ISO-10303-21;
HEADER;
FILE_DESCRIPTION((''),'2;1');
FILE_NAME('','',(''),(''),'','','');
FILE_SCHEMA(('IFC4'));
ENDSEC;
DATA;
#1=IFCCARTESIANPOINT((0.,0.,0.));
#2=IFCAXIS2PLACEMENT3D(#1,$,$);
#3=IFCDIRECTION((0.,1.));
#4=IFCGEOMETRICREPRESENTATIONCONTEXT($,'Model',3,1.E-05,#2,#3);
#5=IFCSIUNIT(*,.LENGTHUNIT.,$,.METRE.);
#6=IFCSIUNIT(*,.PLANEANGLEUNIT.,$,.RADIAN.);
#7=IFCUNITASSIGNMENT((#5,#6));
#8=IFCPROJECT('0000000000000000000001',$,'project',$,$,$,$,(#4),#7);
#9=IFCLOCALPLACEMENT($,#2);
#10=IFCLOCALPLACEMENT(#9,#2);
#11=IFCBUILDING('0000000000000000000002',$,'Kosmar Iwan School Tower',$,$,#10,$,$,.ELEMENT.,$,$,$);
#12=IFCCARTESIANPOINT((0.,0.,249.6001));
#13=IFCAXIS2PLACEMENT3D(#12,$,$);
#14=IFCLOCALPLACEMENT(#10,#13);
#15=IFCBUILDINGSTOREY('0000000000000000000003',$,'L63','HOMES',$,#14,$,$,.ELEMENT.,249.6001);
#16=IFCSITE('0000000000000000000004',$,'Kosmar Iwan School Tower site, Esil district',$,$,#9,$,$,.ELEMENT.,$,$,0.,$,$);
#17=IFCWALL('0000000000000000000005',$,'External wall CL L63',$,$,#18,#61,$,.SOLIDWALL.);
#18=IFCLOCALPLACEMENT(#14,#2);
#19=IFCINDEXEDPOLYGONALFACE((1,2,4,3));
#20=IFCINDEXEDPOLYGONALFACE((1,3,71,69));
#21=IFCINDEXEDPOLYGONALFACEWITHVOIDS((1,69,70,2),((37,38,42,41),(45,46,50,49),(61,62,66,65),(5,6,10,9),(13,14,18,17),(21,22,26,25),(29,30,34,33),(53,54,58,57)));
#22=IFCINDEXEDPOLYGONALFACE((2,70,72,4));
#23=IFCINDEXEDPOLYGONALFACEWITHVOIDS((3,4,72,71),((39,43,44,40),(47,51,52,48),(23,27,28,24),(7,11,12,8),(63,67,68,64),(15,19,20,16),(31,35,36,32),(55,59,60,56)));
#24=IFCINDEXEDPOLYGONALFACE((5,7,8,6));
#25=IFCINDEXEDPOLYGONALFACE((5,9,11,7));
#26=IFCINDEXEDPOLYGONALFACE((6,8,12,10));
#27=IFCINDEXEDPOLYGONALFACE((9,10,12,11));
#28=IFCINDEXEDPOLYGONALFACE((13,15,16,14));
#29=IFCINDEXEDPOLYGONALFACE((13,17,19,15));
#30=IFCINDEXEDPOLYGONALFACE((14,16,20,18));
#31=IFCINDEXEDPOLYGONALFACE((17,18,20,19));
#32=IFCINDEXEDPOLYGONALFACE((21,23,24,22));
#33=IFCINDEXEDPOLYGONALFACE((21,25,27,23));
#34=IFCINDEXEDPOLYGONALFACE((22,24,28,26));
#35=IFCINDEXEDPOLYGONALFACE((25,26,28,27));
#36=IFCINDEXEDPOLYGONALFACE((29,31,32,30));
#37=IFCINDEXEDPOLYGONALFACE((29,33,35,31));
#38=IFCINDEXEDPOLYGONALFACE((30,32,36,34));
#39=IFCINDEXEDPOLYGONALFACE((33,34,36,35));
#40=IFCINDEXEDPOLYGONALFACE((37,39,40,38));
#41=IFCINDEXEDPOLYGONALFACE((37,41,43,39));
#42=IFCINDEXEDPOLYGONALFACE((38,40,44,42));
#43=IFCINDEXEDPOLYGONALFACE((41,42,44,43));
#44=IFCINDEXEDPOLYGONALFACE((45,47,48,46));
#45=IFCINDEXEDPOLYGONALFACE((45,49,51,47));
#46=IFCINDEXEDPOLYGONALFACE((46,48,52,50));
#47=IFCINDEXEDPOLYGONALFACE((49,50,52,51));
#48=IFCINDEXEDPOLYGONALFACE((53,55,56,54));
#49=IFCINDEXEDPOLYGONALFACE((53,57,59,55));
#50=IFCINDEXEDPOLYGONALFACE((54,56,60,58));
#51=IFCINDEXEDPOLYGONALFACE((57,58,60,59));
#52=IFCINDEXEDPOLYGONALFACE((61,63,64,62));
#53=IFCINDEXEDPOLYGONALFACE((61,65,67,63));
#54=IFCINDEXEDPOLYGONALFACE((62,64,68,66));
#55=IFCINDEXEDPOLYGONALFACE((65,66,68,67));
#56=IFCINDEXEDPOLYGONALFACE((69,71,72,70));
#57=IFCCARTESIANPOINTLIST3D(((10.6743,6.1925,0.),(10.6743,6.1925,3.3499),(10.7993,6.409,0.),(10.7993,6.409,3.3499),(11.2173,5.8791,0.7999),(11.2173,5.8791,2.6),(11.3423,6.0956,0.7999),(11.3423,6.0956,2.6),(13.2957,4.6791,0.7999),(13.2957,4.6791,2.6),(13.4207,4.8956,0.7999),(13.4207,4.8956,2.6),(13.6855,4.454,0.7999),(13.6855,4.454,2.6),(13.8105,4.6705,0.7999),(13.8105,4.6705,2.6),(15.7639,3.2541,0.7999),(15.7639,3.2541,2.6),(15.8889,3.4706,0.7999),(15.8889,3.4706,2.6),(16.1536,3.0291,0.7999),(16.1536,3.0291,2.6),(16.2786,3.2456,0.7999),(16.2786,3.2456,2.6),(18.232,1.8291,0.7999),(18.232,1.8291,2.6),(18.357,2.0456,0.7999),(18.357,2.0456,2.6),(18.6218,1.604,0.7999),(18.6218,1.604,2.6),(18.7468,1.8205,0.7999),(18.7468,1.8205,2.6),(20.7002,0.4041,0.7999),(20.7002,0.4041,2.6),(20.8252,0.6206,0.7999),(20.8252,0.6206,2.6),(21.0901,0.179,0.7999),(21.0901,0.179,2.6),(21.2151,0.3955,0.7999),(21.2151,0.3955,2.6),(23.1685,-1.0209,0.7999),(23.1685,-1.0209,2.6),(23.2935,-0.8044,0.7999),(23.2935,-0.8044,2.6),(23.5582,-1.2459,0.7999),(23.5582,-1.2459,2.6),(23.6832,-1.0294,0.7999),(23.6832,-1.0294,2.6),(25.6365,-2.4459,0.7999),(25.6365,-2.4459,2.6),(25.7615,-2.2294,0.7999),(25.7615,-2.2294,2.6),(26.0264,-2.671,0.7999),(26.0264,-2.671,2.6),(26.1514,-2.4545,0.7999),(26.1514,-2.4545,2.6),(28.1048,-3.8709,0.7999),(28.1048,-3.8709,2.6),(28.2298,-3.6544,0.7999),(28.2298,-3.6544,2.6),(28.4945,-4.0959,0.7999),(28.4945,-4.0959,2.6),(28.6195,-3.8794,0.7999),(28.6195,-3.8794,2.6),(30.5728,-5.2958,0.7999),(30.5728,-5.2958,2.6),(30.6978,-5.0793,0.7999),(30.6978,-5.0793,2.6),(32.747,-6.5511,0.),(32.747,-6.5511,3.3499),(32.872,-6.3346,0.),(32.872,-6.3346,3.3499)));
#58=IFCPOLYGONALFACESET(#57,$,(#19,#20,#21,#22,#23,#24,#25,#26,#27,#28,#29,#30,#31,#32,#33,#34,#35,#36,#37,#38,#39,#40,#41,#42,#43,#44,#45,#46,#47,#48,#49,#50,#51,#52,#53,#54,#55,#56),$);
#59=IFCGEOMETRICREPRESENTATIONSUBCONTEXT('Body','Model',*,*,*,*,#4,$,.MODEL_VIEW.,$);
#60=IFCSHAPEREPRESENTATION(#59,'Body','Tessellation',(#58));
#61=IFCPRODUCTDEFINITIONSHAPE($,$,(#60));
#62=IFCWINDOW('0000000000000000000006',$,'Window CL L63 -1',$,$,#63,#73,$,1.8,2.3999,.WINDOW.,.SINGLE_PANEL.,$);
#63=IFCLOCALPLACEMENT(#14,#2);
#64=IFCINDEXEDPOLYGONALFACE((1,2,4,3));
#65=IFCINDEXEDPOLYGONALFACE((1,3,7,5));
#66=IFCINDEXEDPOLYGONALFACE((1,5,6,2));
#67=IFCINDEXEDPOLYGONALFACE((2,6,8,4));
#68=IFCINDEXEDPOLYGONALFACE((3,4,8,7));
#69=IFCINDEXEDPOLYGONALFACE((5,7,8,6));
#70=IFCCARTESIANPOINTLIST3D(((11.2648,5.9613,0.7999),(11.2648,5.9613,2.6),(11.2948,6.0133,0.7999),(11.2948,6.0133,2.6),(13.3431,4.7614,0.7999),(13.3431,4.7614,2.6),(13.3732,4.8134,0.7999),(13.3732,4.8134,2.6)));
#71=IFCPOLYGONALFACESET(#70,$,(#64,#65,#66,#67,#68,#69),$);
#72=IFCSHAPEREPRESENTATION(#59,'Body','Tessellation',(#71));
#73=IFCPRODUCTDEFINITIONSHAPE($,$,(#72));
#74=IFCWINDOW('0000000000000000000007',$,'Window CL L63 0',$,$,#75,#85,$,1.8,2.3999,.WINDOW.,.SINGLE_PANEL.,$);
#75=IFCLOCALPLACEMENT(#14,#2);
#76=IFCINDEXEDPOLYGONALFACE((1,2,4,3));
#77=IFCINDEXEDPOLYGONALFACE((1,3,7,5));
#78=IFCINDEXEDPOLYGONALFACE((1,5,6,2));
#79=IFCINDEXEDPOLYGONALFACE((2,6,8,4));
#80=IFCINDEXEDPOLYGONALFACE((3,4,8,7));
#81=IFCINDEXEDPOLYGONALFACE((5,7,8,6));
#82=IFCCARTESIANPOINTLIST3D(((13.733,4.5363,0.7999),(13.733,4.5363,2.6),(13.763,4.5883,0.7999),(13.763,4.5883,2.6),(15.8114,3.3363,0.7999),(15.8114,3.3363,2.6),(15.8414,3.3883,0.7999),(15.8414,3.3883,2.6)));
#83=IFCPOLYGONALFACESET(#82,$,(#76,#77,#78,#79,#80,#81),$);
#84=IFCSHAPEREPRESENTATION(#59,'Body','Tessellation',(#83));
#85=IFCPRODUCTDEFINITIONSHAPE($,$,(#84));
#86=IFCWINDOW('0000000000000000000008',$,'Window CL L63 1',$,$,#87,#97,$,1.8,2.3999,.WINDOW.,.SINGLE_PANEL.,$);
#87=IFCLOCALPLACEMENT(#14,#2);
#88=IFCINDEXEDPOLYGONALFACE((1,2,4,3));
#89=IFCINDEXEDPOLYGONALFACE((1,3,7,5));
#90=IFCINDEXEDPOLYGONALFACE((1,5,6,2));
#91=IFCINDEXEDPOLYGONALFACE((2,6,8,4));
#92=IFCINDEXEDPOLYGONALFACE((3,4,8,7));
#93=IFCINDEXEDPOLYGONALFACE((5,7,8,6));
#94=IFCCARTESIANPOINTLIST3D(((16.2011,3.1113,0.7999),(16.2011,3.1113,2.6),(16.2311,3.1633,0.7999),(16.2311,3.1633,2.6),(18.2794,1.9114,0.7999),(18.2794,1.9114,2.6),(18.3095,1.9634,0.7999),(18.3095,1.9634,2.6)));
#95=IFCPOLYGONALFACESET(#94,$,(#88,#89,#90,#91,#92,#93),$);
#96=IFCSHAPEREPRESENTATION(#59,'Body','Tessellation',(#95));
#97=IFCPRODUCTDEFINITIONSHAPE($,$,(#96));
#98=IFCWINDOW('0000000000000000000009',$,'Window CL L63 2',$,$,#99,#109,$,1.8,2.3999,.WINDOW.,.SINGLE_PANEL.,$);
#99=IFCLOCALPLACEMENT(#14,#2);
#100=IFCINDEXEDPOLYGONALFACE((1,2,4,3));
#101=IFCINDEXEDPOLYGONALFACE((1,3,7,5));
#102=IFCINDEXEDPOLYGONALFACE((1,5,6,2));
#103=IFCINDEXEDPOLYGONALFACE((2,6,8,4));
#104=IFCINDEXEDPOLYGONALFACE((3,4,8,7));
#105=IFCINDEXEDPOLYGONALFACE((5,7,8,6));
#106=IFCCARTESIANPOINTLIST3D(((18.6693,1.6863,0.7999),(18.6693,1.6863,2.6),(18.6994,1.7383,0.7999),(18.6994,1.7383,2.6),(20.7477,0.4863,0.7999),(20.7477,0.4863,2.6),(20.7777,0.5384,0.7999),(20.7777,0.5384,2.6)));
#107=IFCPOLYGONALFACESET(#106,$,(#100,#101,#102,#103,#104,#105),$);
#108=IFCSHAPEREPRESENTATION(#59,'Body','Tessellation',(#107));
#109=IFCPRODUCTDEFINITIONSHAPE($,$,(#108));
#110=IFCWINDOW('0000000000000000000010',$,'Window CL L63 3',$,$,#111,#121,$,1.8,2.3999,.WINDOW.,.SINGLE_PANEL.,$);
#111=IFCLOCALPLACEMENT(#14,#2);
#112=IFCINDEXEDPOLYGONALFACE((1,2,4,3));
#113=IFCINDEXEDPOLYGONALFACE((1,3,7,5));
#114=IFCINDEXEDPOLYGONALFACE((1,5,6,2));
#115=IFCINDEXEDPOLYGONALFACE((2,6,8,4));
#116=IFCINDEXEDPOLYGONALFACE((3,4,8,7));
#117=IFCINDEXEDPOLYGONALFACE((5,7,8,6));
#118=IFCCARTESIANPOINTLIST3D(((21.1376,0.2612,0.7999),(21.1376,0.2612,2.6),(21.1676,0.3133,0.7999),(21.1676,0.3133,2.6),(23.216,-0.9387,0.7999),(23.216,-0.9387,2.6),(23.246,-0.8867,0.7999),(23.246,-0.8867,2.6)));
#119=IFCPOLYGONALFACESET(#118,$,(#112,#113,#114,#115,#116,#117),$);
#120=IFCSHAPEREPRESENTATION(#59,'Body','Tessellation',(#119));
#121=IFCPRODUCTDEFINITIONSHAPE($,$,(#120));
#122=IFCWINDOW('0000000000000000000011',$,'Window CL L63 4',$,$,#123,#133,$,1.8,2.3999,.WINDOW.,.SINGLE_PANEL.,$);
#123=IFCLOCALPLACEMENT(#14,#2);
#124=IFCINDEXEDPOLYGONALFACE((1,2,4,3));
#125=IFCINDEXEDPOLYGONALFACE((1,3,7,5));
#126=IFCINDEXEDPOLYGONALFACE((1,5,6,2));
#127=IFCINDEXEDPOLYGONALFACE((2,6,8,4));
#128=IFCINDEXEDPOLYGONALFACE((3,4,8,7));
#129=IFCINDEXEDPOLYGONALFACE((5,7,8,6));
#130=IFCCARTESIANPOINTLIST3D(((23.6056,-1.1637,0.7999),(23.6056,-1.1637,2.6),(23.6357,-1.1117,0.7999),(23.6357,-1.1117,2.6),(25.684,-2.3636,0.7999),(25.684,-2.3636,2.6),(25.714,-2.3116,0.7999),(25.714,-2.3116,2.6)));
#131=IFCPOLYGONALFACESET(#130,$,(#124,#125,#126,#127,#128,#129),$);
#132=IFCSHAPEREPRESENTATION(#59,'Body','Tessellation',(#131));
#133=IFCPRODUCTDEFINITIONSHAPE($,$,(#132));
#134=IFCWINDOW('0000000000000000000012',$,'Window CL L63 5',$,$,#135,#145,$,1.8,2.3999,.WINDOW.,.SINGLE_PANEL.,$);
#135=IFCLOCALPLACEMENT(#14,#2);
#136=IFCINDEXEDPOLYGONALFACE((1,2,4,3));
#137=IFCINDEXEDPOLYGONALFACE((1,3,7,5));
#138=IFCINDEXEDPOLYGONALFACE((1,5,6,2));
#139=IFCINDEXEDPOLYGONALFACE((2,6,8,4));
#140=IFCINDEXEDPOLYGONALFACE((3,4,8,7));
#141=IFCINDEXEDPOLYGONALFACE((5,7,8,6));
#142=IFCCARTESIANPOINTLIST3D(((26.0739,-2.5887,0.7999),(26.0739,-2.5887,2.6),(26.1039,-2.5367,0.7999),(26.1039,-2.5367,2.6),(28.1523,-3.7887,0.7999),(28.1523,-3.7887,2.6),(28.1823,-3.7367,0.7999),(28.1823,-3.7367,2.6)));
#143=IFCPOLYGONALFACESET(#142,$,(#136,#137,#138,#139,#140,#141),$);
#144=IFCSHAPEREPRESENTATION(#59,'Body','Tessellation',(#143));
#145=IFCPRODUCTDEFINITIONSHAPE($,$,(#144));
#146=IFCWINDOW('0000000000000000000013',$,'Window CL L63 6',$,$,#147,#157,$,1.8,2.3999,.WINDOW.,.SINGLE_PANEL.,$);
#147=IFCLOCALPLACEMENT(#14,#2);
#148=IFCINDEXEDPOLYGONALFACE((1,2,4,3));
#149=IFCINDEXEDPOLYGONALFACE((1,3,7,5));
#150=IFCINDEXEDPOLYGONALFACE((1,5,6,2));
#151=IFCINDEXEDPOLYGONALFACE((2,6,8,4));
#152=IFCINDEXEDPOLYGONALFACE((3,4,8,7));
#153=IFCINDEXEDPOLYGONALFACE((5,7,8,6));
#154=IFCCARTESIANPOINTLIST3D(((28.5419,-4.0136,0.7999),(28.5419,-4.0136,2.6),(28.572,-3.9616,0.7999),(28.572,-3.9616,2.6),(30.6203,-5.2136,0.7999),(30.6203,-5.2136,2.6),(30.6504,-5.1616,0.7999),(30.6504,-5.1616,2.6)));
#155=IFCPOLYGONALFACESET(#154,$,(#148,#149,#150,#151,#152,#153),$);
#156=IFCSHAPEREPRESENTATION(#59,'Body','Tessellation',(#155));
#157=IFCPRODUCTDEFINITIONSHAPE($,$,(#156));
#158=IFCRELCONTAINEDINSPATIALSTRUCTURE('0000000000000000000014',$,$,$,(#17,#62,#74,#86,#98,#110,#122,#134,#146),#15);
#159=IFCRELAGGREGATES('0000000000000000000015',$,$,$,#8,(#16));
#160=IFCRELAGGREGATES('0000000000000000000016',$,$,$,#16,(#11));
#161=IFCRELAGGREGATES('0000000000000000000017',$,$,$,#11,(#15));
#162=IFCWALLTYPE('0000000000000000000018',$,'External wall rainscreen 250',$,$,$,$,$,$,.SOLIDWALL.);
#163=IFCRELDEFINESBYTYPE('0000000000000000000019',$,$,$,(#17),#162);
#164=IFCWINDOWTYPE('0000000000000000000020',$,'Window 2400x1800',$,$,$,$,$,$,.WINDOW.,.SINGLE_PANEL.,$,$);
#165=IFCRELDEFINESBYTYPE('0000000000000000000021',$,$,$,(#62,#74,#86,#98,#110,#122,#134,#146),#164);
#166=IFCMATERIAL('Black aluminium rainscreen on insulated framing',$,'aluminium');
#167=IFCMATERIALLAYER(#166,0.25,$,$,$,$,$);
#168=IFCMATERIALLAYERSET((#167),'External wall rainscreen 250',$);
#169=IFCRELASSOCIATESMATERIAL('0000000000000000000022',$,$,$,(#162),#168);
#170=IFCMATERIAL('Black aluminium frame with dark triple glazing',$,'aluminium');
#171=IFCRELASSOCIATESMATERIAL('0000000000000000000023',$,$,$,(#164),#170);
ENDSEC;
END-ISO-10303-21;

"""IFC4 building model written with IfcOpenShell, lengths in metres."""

from ifc_helpers import new_model, si_unit, direction, frame, frame_2d, origin, place, context, subcontext, project, spatial, rectangle, extrude, material, layer, layer_set, type_object, element, fill, save


model = new_model("IFC4")

# Units and contexts
model_context = context("Model", 3, precision=1e-05, world=origin(), true_north=direction((0.0, 1.0)))
body_context = subcontext(model_context, "Body", "Model", "MODEL_VIEW")
ifc_project = project(units=[si_unit("LENGTHUNIT", "METRE"), si_unit("PLANEANGLEUNIT", "RADIAN")], contexts=[model_context])

# Site, building, storey
site_placement = place(None, origin())
site = spatial("IfcSite", under=ifc_project, at=site_placement, Name="Kosmar Iwan School Tower site, Esil district", CompositionType="ELEMENT", RefElevation=0.0)
building_placement = place(site_placement, origin())
building = spatial("IfcBuilding", under=site, at=building_placement, Name="Kosmar Iwan School Tower", CompositionType="ELEMENT")
storey_placement = place(building_placement, frame((0.0, 0.0, 249.6001)))
storey = spatial("IfcBuildingStorey", under=building, at=storey_placement, Name="L63", Description="HOMES", CompositionType="ELEMENT", Elevation=249.6001)

# Wall, openings, windows
ifc_material_1 = material(Name="Black aluminium rainscreen on insulated framing", Category="aluminium")
ifc_layer = layer(ifc_material_1, 0.25)
ifc_layer_set = layer_set([ifc_layer], Name="External wall rainscreen 250")
wall_type = type_object("IfcWallType", Name="External wall rainscreen 250", PredefinedType="SOLIDWALL", material=ifc_layer_set)
wall_1_placement = place(storey_placement, frame((10.7368, 6.3008, 0.0), z_axis=(0.0, 0.0, 1.0), x_axis=(0.866026, -0.499998, 0.0)))
wall_1 = element("IfcWall", 1, at=wall_1_placement, inside=storey, type_object=wall_type, Name="External wall CL L63", PredefinedType="SOLIDWALL", context=body_context, shape_type="SweptSolid", body=[
    extrude(rectangle(XDim=25.4873, YDim=0.25, at=frame_2d((12.7437, 0.0))), origin(), (0.0, 0.0, 1.0), 3.3499),
])
opening_1_placement = place(wall_1_placement, frame((0.627, 0.0, 0.8)))
opening_1 = element("IfcOpeningElement", 2, at=opening_1_placement, cuts=wall_1, PredefinedType="OPENING", context=body_context, shape_type="SweptSolid", body=[
    extrude(rectangle(XDim=2.3999, YDim=1.8, at=frame_2d((1.2, 0.8999))), frame((0.0, 0.137, 0.0), z_axis=(0.0, -1.0, 0.0), x_axis=(1.0, 0.0, 0.0)), (0.0, 0.0, 1.0), 0.2739),
])
opening_2_placement = place(wall_1_placement, frame((3.4771, 0.0, 0.8)))
opening_2 = element("IfcOpeningElement", 3, at=opening_2_placement, cuts=wall_1, PredefinedType="OPENING", context=body_context, shape_type="SweptSolid", body=[
    extrude(rectangle(XDim=2.3999, YDim=1.8, at=frame_2d((1.2, 0.8999))), frame((0.0, 0.137, 0.0), z_axis=(0.0, -1.0, 0.0), x_axis=(1.0, 0.0, 0.0)), (0.0, 0.0, 1.0), 0.2739),
])
opening_3_placement = place(wall_1_placement, frame((6.3269, 0.0, 0.8)))
opening_3 = element("IfcOpeningElement", 4, at=opening_3_placement, cuts=wall_1, PredefinedType="OPENING", context=body_context, shape_type="SweptSolid", body=[
    extrude(rectangle(XDim=2.3999, YDim=1.8, at=frame_2d((1.2, 0.8999))), frame((0.0, 0.137, 0.0), z_axis=(0.0, -1.0, 0.0), x_axis=(1.0, 0.0, 0.0)), (0.0, 0.0, 1.0), 0.2739),
])
opening_4_placement = place(wall_1_placement, frame((9.177, 0.0, 0.8)))
opening_4 = element("IfcOpeningElement", 5, at=opening_4_placement, cuts=wall_1, PredefinedType="OPENING", context=body_context, shape_type="SweptSolid", body=[
    extrude(rectangle(XDim=2.3999, YDim=1.8, at=frame_2d((1.2, 0.8999))), frame((0.0, 0.137, 0.0), z_axis=(0.0, -1.0, 0.0), x_axis=(1.0, 0.0, 0.0)), (0.0, 0.0, 1.0), 0.2739),
])
opening_5_placement = place(wall_1_placement, frame((12.0271, 0.0, 0.8)))
opening_5 = element("IfcOpeningElement", 6, at=opening_5_placement, cuts=wall_1, PredefinedType="OPENING", context=body_context, shape_type="SweptSolid", body=[
    extrude(rectangle(XDim=2.3999, YDim=1.8, at=frame_2d((1.2, 0.8999))), frame((0.0, 0.137, 0.0), z_axis=(0.0, -1.0, 0.0), x_axis=(1.0, 0.0, 0.0)), (0.0, 0.0, 1.0), 0.2739),
])
opening_6_placement = place(wall_1_placement, frame((14.877, 0.0, 0.8)))
opening_6 = element("IfcOpeningElement", 7, at=opening_6_placement, cuts=wall_1, PredefinedType="OPENING", context=body_context, shape_type="SweptSolid", body=[
    extrude(rectangle(XDim=2.3999, YDim=1.8, at=frame_2d((1.2, 0.8999))), frame((0.0, 0.137, 0.0), z_axis=(0.0, -1.0, 0.0), x_axis=(1.0, 0.0, 0.0)), (0.0, 0.0, 1.0), 0.2739),
])
opening_7_placement = place(wall_1_placement, frame((17.7271, 0.0, 0.8)))
opening_7 = element("IfcOpeningElement", 8, at=opening_7_placement, cuts=wall_1, PredefinedType="OPENING", context=body_context, shape_type="SweptSolid", body=[
    extrude(rectangle(XDim=2.3999, YDim=1.8, at=frame_2d((1.2, 0.8999))), frame((0.0, 0.137, 0.0), z_axis=(0.0, -1.0, 0.0), x_axis=(1.0, 0.0, 0.0)), (0.0, 0.0, 1.0), 0.2739),
])
opening_8_placement = place(wall_1_placement, frame((20.5769, 0.0, 0.8)))
opening_8 = element("IfcOpeningElement", 9, at=opening_8_placement, cuts=wall_1, PredefinedType="OPENING", context=body_context, shape_type="SweptSolid", body=[
    extrude(rectangle(XDim=2.3999, YDim=1.8, at=frame_2d((1.2, 0.8999))), frame((0.0, 0.137, 0.0), z_axis=(0.0, -1.0, 0.0), x_axis=(1.0, 0.0, 0.0)), (0.0, 0.0, 1.0), 0.2739),
])
ifc_material_2 = material(Name="Black aluminium frame with dark triple glazing", Category="aluminium")
window_type = type_object("IfcWindowType", Name="Window 2400x1800", PartitioningType="SINGLE_PANEL", PredefinedType="WINDOW", material=ifc_material_2)
window_1_placement = place(opening_1_placement, origin())
window_1 = element("IfcWindow", 10, at=window_1_placement, inside=storey, type_object=window_type, Name="Window CL L63 -1", OverallHeight=1.8, OverallWidth=2.3999, PartitioningType="SINGLE_PANEL", PredefinedType="WINDOW", context=body_context, shape_type="SweptSolid", body=[
    extrude(rectangle(XDim=2.3999, YDim=1.8, at=frame_2d((1.2, 0.8999))), frame((0.0, 0.03, 0.0), z_axis=(0.0, -1.0, 0.0), x_axis=(1.0, 0.0, 0.0)), (0.0, 0.0, 1.0), 0.0601),
])
fill(opening_1, window_1)
window_2_placement = place(opening_2_placement, origin())
window_2 = element("IfcWindow", 11, at=window_2_placement, inside=storey, type_object=window_type, Name="Window CL L63 0", OverallHeight=1.8, OverallWidth=2.3999, PartitioningType="SINGLE_PANEL", PredefinedType="WINDOW", context=body_context, shape_type="SweptSolid", body=[
    extrude(rectangle(XDim=2.3999, YDim=1.8, at=frame_2d((1.2, 0.8999))), frame((0.0, 0.03, 0.0), z_axis=(0.0, -1.0, 0.0), x_axis=(1.0, 0.0, 0.0)), (0.0, 0.0, 1.0), 0.0601),
])
fill(opening_2, window_2)
window_3_placement = place(opening_3_placement, origin())
window_3 = element("IfcWindow", 12, at=window_3_placement, inside=storey, type_object=window_type, Name="Window CL L63 1", OverallHeight=1.8, OverallWidth=2.3999, PartitioningType="SINGLE_PANEL", PredefinedType="WINDOW", context=body_context, shape_type="SweptSolid", body=[
    extrude(rectangle(XDim=2.3999, YDim=1.8, at=frame_2d((1.2, 0.8999))), frame((0.0, 0.03, 0.0), z_axis=(0.0, -1.0, 0.0), x_axis=(1.0, 0.0, 0.0)), (0.0, 0.0, 1.0), 0.0601),
])
fill(opening_3, window_3)
window_4_placement = place(opening_4_placement, origin())
window_4 = element("IfcWindow", 13, at=window_4_placement, inside=storey, type_object=window_type, Name="Window CL L63 2", OverallHeight=1.8, OverallWidth=2.3999, PartitioningType="SINGLE_PANEL", PredefinedType="WINDOW", context=body_context, shape_type="SweptSolid", body=[
    extrude(rectangle(XDim=2.3999, YDim=1.8, at=frame_2d((1.2, 0.8999))), frame((0.0, 0.03, 0.0), z_axis=(0.0, -1.0, 0.0), x_axis=(1.0, 0.0, 0.0)), (0.0, 0.0, 1.0), 0.0601),
])
fill(opening_4, window_4)
window_5_placement = place(opening_5_placement, origin())
window_5 = element("IfcWindow", 14, at=window_5_placement, inside=storey, type_object=window_type, Name="Window CL L63 3", OverallHeight=1.8, OverallWidth=2.3999, PartitioningType="SINGLE_PANEL", PredefinedType="WINDOW", context=body_context, shape_type="SweptSolid", body=[
    extrude(rectangle(XDim=2.3999, YDim=1.8, at=frame_2d((1.2, 0.8999))), frame((0.0, 0.03, 0.0), z_axis=(0.0, -1.0, 0.0), x_axis=(1.0, 0.0, 0.0)), (0.0, 0.0, 1.0), 0.0601),
])
fill(opening_5, window_5)
window_6_placement = place(opening_6_placement, origin())
window_6 = element("IfcWindow", 15, at=window_6_placement, inside=storey, type_object=window_type, Name="Window CL L63 4", OverallHeight=1.8, OverallWidth=2.3999, PartitioningType="SINGLE_PANEL", PredefinedType="WINDOW", context=body_context, shape_type="SweptSolid", body=[
    extrude(rectangle(XDim=2.3999, YDim=1.8, at=frame_2d((1.2, 0.8999))), frame((0.0, 0.03, 0.0), z_axis=(0.0, -1.0, 0.0), x_axis=(1.0, 0.0, 0.0)), (0.0, 0.0, 1.0), 0.0601),
])
fill(opening_6, window_6)
window_7_placement = place(opening_7_placement, origin())
window_7 = element("IfcWindow", 16, at=window_7_placement, inside=storey, type_object=window_type, Name="Window CL L63 5", OverallHeight=1.8, OverallWidth=2.3999, PartitioningType="SINGLE_PANEL", PredefinedType="WINDOW", context=body_context, shape_type="SweptSolid", body=[
    extrude(rectangle(XDim=2.3999, YDim=1.8, at=frame_2d((1.2, 0.8999))), frame((0.0, 0.03, 0.0), z_axis=(0.0, -1.0, 0.0), x_axis=(1.0, 0.0, 0.0)), (0.0, 0.0, 1.0), 0.0601),
])
fill(opening_7, window_7)
window_8_placement = place(opening_8_placement, origin())
window_8 = element("IfcWindow", 17, at=window_8_placement, inside=storey, type_object=window_type, Name="Window CL L63 6", OverallHeight=1.8, OverallWidth=2.3999, PartitioningType="SINGLE_PANEL", PredefinedType="WINDOW", context=body_context, shape_type="SweptSolid", body=[
    extrude(rectangle(XDim=2.3999, YDim=1.8, at=frame_2d((1.2, 0.8999))), frame((0.0, 0.03, 0.0), z_axis=(0.0, -1.0, 0.0), x_axis=(1.0, 0.0, 0.0)), (0.0, 0.0, 1.0), 0.0601),
])
fill(opening_8, window_8)

save(model, "model.ifc")
